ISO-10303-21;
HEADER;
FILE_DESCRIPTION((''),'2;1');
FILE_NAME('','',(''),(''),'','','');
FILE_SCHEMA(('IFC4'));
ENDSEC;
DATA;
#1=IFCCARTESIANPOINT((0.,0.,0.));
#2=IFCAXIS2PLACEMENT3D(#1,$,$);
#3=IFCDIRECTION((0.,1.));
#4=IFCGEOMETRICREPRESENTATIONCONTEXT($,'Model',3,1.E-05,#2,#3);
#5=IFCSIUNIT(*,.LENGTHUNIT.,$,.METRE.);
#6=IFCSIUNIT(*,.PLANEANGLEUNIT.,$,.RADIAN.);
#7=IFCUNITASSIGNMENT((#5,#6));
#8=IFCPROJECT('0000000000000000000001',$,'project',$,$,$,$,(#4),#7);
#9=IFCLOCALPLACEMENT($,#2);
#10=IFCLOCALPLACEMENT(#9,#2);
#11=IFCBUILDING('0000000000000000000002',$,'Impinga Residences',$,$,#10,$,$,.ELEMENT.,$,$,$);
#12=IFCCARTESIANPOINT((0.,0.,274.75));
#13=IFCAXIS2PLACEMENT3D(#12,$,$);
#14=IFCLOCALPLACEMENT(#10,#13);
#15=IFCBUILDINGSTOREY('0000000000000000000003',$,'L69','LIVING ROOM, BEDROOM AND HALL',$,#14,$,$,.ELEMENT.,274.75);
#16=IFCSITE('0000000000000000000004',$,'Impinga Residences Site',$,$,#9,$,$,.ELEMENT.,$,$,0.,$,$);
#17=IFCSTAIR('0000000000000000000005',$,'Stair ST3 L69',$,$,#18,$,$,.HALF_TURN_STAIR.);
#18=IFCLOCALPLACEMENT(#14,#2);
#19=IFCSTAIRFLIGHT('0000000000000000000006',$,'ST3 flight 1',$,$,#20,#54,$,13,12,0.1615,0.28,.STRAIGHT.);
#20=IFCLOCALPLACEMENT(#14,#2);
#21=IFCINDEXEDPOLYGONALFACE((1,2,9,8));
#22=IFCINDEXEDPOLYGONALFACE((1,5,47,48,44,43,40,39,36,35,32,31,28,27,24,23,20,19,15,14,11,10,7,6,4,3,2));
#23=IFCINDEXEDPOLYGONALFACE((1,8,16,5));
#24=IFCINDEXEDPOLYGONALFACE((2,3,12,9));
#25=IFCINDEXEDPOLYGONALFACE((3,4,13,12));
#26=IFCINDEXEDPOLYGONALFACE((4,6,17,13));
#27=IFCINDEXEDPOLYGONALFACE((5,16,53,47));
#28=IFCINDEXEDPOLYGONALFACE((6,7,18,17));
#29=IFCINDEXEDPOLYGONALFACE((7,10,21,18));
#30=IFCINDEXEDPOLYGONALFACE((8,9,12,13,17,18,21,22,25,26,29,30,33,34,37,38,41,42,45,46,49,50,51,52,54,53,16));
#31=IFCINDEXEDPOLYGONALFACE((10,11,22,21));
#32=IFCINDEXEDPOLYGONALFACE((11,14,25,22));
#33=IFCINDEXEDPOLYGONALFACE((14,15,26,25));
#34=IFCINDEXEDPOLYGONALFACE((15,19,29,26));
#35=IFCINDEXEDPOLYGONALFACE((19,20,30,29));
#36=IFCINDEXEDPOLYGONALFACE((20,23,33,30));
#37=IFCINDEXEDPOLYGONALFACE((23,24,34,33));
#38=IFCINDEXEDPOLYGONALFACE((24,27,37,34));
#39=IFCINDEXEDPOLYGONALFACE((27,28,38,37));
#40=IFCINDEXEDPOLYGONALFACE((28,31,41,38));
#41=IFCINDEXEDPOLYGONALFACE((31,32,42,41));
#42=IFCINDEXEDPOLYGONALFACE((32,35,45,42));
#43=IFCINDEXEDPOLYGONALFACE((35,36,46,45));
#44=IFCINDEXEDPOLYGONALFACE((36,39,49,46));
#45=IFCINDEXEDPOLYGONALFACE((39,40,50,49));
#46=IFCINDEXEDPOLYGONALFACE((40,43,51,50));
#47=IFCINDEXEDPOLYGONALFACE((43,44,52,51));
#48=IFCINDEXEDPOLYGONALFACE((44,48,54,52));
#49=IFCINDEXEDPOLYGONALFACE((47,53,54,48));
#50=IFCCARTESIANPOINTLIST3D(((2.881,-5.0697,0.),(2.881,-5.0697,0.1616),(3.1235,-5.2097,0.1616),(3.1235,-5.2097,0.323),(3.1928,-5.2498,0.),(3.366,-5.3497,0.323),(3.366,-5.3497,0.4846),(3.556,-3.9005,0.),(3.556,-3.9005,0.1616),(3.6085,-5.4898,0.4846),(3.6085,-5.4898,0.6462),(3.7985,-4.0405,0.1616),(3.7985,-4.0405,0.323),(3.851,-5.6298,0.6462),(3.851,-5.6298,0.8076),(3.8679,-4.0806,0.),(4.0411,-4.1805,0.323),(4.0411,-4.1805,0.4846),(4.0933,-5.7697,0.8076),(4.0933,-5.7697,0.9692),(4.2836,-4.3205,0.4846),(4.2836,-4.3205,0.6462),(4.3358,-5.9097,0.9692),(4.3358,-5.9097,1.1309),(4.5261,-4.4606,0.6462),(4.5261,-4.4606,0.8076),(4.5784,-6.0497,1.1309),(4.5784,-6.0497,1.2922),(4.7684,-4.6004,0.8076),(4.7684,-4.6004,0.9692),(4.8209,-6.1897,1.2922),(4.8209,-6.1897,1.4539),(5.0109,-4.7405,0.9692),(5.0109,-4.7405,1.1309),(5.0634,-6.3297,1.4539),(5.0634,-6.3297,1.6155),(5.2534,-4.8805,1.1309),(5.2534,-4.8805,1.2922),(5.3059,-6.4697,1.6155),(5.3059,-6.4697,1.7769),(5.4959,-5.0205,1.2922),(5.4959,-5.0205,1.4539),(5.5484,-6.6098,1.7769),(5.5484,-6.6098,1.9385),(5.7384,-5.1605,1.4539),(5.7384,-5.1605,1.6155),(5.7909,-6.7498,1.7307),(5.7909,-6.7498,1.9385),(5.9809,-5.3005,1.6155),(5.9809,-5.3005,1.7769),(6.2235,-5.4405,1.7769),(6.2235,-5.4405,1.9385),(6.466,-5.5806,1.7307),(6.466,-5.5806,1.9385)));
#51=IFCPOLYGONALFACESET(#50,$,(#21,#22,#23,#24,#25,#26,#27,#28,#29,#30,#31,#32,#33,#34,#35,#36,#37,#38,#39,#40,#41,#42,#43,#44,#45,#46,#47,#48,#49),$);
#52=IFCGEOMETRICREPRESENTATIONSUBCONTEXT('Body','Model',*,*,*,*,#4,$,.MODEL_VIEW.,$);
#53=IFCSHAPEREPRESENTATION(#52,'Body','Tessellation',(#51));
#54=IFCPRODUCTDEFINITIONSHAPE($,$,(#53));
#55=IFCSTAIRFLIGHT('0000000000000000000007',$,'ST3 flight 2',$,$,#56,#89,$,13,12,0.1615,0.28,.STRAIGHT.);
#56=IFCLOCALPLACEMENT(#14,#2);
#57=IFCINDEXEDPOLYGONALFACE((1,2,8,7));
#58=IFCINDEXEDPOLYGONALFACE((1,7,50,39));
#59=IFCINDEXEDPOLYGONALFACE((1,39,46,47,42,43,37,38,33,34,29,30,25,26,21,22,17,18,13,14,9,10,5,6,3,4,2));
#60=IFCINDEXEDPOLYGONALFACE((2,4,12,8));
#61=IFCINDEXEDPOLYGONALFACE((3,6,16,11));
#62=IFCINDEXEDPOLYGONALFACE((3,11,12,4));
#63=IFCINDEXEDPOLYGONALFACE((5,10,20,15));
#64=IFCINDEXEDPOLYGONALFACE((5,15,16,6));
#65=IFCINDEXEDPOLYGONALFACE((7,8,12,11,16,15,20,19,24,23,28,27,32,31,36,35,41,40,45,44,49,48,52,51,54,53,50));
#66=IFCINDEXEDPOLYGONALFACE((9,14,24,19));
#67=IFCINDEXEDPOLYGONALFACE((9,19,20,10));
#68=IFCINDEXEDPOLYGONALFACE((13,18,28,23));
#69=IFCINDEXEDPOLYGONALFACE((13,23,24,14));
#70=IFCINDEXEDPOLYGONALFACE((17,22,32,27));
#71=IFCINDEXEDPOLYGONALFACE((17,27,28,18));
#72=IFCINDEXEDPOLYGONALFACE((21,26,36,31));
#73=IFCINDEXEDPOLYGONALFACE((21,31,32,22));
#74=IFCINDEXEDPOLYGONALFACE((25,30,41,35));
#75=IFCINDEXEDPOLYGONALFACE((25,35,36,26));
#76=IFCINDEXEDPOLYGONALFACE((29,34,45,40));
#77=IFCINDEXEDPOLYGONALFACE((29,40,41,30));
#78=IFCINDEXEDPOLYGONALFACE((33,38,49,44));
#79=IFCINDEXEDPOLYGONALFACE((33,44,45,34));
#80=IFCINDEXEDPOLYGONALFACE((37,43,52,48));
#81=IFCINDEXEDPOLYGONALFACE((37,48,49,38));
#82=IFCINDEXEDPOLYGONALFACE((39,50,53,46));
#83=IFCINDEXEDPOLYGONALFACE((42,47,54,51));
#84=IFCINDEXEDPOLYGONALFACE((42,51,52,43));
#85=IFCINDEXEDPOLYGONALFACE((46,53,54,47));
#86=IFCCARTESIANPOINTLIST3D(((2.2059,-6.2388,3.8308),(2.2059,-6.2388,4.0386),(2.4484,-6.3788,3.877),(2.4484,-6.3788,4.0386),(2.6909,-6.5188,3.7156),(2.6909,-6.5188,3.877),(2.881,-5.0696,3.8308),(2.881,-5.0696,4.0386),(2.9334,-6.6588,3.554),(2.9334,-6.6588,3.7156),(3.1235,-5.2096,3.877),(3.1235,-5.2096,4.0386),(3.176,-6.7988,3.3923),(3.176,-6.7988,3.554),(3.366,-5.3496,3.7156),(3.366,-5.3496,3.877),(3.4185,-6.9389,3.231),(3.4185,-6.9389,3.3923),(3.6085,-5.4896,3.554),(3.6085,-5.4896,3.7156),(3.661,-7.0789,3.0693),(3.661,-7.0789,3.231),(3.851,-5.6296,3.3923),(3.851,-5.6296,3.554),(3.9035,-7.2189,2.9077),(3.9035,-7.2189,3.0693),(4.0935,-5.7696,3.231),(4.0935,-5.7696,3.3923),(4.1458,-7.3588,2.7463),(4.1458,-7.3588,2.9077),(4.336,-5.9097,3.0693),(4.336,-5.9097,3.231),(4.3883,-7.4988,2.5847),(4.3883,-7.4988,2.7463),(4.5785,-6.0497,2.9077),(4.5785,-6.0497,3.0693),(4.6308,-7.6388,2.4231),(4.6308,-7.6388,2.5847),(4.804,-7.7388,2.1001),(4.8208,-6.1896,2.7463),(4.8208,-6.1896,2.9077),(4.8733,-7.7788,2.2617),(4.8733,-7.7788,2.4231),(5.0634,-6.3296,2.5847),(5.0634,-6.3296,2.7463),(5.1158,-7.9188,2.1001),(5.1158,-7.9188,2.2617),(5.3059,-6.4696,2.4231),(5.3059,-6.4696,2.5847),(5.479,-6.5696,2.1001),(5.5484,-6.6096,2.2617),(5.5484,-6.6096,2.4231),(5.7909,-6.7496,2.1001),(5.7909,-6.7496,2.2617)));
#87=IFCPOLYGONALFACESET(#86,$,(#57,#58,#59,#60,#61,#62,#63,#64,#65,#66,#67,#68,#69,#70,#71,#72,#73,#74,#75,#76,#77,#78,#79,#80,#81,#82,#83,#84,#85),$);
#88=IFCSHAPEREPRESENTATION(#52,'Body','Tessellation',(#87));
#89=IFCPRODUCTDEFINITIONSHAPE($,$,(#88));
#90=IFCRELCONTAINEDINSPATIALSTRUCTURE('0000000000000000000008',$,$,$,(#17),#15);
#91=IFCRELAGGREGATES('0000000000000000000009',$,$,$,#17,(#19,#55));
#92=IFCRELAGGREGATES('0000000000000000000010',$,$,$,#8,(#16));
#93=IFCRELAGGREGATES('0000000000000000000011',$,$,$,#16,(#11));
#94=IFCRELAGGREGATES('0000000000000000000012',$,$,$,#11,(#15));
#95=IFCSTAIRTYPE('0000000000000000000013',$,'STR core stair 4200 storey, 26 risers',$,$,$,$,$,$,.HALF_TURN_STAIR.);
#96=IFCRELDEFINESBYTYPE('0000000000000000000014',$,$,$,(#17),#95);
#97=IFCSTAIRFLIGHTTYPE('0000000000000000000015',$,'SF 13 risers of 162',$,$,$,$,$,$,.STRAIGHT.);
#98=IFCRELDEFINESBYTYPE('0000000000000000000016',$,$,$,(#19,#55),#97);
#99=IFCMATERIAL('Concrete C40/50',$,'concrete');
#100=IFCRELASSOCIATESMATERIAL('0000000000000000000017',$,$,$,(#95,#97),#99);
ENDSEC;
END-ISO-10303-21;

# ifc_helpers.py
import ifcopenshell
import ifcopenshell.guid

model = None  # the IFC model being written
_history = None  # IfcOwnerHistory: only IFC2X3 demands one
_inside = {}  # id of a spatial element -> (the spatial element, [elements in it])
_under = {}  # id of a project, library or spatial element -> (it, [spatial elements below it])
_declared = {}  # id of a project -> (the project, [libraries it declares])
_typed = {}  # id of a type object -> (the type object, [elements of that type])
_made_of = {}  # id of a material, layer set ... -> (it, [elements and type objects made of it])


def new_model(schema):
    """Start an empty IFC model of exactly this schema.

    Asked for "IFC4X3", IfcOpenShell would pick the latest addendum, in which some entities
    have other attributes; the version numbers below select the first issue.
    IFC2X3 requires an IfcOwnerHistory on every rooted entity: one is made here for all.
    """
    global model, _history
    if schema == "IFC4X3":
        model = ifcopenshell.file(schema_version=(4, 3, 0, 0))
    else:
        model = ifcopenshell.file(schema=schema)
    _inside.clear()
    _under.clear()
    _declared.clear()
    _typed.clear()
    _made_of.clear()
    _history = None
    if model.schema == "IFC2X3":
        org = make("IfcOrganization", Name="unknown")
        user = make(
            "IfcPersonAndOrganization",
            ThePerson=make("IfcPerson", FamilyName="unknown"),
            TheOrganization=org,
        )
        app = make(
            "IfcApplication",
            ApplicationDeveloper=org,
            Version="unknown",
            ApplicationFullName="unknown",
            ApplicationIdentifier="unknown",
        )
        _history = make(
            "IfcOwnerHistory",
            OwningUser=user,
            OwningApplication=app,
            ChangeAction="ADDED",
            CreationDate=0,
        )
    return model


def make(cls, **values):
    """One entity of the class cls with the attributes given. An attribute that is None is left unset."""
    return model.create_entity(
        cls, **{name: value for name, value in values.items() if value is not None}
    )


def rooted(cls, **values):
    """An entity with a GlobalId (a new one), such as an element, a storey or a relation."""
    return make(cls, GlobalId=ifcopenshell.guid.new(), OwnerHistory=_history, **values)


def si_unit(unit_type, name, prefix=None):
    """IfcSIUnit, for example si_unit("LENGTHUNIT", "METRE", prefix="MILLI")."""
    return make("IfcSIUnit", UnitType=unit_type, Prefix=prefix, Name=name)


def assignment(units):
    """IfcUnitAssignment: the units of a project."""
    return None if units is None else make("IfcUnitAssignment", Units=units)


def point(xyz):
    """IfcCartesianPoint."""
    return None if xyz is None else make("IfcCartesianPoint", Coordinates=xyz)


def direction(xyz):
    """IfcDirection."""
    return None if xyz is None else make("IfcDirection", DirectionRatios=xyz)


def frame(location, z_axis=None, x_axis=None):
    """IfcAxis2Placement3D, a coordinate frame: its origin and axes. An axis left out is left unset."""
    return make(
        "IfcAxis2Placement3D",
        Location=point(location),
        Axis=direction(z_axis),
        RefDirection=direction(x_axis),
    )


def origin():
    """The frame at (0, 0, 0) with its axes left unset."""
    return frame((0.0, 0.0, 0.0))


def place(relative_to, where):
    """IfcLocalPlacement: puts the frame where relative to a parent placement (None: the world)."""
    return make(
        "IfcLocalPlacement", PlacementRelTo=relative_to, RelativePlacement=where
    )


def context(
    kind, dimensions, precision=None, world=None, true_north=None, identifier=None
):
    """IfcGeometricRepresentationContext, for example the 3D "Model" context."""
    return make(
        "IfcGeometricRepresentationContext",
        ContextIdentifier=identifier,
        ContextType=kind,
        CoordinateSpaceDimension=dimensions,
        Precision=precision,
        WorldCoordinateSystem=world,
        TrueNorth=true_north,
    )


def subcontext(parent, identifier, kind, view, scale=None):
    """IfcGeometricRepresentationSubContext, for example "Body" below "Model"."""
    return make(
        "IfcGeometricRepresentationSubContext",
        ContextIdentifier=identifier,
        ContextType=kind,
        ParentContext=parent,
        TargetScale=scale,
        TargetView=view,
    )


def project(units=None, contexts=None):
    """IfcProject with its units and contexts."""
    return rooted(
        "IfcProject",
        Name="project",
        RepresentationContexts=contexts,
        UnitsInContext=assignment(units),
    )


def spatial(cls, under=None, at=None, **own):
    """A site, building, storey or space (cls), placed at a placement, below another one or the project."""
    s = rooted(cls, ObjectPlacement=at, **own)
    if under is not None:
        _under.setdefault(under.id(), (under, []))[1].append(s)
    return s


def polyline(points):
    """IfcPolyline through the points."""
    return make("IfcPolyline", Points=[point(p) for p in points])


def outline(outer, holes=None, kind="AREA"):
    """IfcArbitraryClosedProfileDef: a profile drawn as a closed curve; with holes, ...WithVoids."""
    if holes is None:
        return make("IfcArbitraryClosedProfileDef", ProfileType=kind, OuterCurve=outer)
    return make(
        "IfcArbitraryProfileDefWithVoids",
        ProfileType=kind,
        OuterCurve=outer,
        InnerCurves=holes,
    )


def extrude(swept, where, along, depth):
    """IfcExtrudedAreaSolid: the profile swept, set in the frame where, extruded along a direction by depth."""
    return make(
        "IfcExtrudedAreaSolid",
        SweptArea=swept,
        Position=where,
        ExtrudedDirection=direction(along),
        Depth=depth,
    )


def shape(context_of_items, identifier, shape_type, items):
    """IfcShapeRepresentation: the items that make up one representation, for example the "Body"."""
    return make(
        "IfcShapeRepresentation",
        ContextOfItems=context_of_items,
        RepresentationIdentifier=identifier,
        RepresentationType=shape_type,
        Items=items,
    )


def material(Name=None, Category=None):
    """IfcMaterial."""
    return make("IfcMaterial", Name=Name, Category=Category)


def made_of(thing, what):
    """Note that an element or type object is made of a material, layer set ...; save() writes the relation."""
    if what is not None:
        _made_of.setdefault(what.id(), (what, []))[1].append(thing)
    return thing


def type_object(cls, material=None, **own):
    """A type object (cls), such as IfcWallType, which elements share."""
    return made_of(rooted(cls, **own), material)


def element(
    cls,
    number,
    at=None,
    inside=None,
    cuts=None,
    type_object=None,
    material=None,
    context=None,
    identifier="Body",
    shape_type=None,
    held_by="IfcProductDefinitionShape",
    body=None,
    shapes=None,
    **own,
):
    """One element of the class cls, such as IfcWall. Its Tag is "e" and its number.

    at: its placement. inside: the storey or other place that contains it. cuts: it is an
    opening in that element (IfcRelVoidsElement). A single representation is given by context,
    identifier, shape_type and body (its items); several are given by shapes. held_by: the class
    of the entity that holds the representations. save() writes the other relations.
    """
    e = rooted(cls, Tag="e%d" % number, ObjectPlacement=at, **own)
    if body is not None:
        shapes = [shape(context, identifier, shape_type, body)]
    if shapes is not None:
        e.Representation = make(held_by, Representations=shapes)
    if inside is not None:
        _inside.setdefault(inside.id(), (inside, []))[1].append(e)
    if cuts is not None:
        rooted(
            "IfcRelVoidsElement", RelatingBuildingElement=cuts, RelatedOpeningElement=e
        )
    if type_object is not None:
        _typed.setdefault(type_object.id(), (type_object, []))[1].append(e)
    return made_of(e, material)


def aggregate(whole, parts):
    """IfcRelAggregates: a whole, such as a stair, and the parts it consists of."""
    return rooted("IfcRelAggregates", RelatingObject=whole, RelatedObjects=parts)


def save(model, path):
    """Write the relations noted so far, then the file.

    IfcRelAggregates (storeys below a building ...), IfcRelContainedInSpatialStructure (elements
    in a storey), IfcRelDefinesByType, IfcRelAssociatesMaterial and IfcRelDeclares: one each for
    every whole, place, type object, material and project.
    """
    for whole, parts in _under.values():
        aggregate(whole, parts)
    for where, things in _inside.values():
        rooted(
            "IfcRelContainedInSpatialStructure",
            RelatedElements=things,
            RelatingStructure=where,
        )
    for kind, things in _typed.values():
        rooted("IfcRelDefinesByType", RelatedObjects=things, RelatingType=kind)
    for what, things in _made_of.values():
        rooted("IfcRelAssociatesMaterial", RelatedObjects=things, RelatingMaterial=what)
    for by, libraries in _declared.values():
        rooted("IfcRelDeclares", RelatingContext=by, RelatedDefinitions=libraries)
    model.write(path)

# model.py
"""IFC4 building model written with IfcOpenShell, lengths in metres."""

from ifc_helpers import new_model, si_unit, direction, frame, origin, place, context, subcontext, project, spatial, polyline, outline, extrude, material, type_object, element, aggregate, save


model = new_model("IFC4")

# Units and contexts
model_context = context("Model", 3, precision=1e-05, world=origin(), true_north=direction((0.0, 1.0)))
body_context = subcontext(model_context, "Body", "Model", "MODEL_VIEW")
ifc_project = project(units=[si_unit("LENGTHUNIT", "METRE"), si_unit("PLANEANGLEUNIT", "RADIAN")], contexts=[model_context])

# Site, building, storey
site_placement = place(None, origin())
site = spatial("IfcSite", under=ifc_project, at=site_placement, Name="Impinga Residences Site", CompositionType="ELEMENT", RefElevation=0.0)
building_placement = place(site_placement, origin())
building = spatial("IfcBuilding", under=site, at=building_placement, Name="Impinga Residences", CompositionType="ELEMENT")
storey_placement = place(building_placement, frame((0.0, 0.0, 274.75)))
storey = spatial("IfcBuildingStorey", under=building, at=storey_placement, Name="L69", Description="LIVING ROOM, BEDROOM AND HALL", CompositionType="ELEMENT", Elevation=274.75)

# Stair, stair flights
ifc_material_1 = material(Name="Concrete C40/50", Category="concrete")
stair_type = type_object("IfcStairType", Name="STR core stair 4200 storey, 26 risers", PredefinedType="HALF_TURN_STAIR", material=ifc_material_1)
stair_placement = place(storey_placement, origin())
stair = element("IfcStair", 1, at=stair_placement, inside=storey, type_object=stair_type, Name="Stair ST3 L69", PredefinedType="HALF_TURN_STAIR")
stair_flight_type = type_object("IfcStairFlightType", Name="SF 13 risers of 162", PredefinedType="STRAIGHT", material=ifc_material_1)
stair_flight_1_placement = place(storey_placement, frame((3.2185, -4.4851, 0.0), z_axis=(0.0, 0.0, 1.0), x_axis=(0.866025, -0.5, 0.0)))
stair_flight_1 = element("IfcStairFlight", 2, at=stair_flight_1_placement, type_object=stair_flight_type, Name="ST3 flight 1", NumberOfRisers=13, NumberOfTreads=12, PredefinedType="STRAIGHT", RiserHeight=0.1615, TreadLength=0.28, context=body_context, shape_type="SweptSolid", body=[
    extrude(outline(polyline([(0.0, 0.0), (0.0, 0.1616), (0.28, 0.1616), (0.28, 0.323), (0.5601, 0.323), (0.5601, 0.4846), (0.8401, 0.4846), (0.8401, 0.6462), (1.1201, 0.6462), (1.1201, 0.8076), (1.3999, 0.8076), (1.3999, 0.9692), (1.6799, 0.9692), (1.6799, 1.1309), (1.96, 1.1309), (1.96, 1.2922), (2.24, 1.2922), (2.24, 1.4539), (2.52, 1.4539), (2.52, 1.6155), (2.8, 1.6155), (2.8, 1.7769), (3.0801, 1.7769), (3.0801, 1.9385), (3.3601, 1.9385), (3.3601, 2.1001), (3.3601, 1.7307), (0.3601, 0.0), (0.0, 0.0)])), frame((0.0, 0.675, 0.0), z_axis=(0.0, -1.0, 0.0), x_axis=(1.0, 0.0, 0.0)), (0.0, 0.0, 1.0), 1.3501),
])
stair_flight_2_placement = place(storey_placement, frame((5.4534, -7.3342, 2.1001), z_axis=(0.0, 0.0, 1.0), x_axis=(-0.866025, 0.5, 0.0)))
stair_flight_2 = element("IfcStairFlight", 3, at=stair_flight_2_placement, type_object=stair_flight_type, Name="ST3 flight 2", NumberOfRisers=13, NumberOfTreads=12, PredefinedType="STRAIGHT", RiserHeight=0.1615, TreadLength=0.28, context=body_context, shape_type="SweptSolid", body=[
    extrude(outline(polyline([(0.0, 0.0), (0.0, 0.1616), (0.28, 0.1616), (0.28, 0.323), (0.5601, 0.323), (0.5601, 0.4846), (0.8401, 0.4846), (0.8401, 0.6462), (1.1201, 0.6462), (1.1201, 0.8076), (1.3999, 0.8076), (1.3999, 0.9692), (1.6799, 0.9692), (1.6799, 1.1309), (1.96, 1.1309), (1.96, 1.2922), (2.24, 1.2922), (2.24, 1.4539), (2.52, 1.4539), (2.52, 1.6155), (2.8, 1.6155), (2.8, 1.7769), (3.0801, 1.7769), (3.0801, 1.9385), (3.3601, 1.9385), (3.3601, 2.1001), (3.3601, 1.7307), (0.3601, 0.0), (0.0, 0.0)])), frame((0.0, 0.675, 0.0), z_axis=(0.0, -1.0, 0.0), x_axis=(1.0, 0.0, 0.0)), (0.0, 0.0, 1.0), 1.3501),
])
aggregate(stair, [stair_flight_1, stair_flight_2])

save(model, "model.ifc")
